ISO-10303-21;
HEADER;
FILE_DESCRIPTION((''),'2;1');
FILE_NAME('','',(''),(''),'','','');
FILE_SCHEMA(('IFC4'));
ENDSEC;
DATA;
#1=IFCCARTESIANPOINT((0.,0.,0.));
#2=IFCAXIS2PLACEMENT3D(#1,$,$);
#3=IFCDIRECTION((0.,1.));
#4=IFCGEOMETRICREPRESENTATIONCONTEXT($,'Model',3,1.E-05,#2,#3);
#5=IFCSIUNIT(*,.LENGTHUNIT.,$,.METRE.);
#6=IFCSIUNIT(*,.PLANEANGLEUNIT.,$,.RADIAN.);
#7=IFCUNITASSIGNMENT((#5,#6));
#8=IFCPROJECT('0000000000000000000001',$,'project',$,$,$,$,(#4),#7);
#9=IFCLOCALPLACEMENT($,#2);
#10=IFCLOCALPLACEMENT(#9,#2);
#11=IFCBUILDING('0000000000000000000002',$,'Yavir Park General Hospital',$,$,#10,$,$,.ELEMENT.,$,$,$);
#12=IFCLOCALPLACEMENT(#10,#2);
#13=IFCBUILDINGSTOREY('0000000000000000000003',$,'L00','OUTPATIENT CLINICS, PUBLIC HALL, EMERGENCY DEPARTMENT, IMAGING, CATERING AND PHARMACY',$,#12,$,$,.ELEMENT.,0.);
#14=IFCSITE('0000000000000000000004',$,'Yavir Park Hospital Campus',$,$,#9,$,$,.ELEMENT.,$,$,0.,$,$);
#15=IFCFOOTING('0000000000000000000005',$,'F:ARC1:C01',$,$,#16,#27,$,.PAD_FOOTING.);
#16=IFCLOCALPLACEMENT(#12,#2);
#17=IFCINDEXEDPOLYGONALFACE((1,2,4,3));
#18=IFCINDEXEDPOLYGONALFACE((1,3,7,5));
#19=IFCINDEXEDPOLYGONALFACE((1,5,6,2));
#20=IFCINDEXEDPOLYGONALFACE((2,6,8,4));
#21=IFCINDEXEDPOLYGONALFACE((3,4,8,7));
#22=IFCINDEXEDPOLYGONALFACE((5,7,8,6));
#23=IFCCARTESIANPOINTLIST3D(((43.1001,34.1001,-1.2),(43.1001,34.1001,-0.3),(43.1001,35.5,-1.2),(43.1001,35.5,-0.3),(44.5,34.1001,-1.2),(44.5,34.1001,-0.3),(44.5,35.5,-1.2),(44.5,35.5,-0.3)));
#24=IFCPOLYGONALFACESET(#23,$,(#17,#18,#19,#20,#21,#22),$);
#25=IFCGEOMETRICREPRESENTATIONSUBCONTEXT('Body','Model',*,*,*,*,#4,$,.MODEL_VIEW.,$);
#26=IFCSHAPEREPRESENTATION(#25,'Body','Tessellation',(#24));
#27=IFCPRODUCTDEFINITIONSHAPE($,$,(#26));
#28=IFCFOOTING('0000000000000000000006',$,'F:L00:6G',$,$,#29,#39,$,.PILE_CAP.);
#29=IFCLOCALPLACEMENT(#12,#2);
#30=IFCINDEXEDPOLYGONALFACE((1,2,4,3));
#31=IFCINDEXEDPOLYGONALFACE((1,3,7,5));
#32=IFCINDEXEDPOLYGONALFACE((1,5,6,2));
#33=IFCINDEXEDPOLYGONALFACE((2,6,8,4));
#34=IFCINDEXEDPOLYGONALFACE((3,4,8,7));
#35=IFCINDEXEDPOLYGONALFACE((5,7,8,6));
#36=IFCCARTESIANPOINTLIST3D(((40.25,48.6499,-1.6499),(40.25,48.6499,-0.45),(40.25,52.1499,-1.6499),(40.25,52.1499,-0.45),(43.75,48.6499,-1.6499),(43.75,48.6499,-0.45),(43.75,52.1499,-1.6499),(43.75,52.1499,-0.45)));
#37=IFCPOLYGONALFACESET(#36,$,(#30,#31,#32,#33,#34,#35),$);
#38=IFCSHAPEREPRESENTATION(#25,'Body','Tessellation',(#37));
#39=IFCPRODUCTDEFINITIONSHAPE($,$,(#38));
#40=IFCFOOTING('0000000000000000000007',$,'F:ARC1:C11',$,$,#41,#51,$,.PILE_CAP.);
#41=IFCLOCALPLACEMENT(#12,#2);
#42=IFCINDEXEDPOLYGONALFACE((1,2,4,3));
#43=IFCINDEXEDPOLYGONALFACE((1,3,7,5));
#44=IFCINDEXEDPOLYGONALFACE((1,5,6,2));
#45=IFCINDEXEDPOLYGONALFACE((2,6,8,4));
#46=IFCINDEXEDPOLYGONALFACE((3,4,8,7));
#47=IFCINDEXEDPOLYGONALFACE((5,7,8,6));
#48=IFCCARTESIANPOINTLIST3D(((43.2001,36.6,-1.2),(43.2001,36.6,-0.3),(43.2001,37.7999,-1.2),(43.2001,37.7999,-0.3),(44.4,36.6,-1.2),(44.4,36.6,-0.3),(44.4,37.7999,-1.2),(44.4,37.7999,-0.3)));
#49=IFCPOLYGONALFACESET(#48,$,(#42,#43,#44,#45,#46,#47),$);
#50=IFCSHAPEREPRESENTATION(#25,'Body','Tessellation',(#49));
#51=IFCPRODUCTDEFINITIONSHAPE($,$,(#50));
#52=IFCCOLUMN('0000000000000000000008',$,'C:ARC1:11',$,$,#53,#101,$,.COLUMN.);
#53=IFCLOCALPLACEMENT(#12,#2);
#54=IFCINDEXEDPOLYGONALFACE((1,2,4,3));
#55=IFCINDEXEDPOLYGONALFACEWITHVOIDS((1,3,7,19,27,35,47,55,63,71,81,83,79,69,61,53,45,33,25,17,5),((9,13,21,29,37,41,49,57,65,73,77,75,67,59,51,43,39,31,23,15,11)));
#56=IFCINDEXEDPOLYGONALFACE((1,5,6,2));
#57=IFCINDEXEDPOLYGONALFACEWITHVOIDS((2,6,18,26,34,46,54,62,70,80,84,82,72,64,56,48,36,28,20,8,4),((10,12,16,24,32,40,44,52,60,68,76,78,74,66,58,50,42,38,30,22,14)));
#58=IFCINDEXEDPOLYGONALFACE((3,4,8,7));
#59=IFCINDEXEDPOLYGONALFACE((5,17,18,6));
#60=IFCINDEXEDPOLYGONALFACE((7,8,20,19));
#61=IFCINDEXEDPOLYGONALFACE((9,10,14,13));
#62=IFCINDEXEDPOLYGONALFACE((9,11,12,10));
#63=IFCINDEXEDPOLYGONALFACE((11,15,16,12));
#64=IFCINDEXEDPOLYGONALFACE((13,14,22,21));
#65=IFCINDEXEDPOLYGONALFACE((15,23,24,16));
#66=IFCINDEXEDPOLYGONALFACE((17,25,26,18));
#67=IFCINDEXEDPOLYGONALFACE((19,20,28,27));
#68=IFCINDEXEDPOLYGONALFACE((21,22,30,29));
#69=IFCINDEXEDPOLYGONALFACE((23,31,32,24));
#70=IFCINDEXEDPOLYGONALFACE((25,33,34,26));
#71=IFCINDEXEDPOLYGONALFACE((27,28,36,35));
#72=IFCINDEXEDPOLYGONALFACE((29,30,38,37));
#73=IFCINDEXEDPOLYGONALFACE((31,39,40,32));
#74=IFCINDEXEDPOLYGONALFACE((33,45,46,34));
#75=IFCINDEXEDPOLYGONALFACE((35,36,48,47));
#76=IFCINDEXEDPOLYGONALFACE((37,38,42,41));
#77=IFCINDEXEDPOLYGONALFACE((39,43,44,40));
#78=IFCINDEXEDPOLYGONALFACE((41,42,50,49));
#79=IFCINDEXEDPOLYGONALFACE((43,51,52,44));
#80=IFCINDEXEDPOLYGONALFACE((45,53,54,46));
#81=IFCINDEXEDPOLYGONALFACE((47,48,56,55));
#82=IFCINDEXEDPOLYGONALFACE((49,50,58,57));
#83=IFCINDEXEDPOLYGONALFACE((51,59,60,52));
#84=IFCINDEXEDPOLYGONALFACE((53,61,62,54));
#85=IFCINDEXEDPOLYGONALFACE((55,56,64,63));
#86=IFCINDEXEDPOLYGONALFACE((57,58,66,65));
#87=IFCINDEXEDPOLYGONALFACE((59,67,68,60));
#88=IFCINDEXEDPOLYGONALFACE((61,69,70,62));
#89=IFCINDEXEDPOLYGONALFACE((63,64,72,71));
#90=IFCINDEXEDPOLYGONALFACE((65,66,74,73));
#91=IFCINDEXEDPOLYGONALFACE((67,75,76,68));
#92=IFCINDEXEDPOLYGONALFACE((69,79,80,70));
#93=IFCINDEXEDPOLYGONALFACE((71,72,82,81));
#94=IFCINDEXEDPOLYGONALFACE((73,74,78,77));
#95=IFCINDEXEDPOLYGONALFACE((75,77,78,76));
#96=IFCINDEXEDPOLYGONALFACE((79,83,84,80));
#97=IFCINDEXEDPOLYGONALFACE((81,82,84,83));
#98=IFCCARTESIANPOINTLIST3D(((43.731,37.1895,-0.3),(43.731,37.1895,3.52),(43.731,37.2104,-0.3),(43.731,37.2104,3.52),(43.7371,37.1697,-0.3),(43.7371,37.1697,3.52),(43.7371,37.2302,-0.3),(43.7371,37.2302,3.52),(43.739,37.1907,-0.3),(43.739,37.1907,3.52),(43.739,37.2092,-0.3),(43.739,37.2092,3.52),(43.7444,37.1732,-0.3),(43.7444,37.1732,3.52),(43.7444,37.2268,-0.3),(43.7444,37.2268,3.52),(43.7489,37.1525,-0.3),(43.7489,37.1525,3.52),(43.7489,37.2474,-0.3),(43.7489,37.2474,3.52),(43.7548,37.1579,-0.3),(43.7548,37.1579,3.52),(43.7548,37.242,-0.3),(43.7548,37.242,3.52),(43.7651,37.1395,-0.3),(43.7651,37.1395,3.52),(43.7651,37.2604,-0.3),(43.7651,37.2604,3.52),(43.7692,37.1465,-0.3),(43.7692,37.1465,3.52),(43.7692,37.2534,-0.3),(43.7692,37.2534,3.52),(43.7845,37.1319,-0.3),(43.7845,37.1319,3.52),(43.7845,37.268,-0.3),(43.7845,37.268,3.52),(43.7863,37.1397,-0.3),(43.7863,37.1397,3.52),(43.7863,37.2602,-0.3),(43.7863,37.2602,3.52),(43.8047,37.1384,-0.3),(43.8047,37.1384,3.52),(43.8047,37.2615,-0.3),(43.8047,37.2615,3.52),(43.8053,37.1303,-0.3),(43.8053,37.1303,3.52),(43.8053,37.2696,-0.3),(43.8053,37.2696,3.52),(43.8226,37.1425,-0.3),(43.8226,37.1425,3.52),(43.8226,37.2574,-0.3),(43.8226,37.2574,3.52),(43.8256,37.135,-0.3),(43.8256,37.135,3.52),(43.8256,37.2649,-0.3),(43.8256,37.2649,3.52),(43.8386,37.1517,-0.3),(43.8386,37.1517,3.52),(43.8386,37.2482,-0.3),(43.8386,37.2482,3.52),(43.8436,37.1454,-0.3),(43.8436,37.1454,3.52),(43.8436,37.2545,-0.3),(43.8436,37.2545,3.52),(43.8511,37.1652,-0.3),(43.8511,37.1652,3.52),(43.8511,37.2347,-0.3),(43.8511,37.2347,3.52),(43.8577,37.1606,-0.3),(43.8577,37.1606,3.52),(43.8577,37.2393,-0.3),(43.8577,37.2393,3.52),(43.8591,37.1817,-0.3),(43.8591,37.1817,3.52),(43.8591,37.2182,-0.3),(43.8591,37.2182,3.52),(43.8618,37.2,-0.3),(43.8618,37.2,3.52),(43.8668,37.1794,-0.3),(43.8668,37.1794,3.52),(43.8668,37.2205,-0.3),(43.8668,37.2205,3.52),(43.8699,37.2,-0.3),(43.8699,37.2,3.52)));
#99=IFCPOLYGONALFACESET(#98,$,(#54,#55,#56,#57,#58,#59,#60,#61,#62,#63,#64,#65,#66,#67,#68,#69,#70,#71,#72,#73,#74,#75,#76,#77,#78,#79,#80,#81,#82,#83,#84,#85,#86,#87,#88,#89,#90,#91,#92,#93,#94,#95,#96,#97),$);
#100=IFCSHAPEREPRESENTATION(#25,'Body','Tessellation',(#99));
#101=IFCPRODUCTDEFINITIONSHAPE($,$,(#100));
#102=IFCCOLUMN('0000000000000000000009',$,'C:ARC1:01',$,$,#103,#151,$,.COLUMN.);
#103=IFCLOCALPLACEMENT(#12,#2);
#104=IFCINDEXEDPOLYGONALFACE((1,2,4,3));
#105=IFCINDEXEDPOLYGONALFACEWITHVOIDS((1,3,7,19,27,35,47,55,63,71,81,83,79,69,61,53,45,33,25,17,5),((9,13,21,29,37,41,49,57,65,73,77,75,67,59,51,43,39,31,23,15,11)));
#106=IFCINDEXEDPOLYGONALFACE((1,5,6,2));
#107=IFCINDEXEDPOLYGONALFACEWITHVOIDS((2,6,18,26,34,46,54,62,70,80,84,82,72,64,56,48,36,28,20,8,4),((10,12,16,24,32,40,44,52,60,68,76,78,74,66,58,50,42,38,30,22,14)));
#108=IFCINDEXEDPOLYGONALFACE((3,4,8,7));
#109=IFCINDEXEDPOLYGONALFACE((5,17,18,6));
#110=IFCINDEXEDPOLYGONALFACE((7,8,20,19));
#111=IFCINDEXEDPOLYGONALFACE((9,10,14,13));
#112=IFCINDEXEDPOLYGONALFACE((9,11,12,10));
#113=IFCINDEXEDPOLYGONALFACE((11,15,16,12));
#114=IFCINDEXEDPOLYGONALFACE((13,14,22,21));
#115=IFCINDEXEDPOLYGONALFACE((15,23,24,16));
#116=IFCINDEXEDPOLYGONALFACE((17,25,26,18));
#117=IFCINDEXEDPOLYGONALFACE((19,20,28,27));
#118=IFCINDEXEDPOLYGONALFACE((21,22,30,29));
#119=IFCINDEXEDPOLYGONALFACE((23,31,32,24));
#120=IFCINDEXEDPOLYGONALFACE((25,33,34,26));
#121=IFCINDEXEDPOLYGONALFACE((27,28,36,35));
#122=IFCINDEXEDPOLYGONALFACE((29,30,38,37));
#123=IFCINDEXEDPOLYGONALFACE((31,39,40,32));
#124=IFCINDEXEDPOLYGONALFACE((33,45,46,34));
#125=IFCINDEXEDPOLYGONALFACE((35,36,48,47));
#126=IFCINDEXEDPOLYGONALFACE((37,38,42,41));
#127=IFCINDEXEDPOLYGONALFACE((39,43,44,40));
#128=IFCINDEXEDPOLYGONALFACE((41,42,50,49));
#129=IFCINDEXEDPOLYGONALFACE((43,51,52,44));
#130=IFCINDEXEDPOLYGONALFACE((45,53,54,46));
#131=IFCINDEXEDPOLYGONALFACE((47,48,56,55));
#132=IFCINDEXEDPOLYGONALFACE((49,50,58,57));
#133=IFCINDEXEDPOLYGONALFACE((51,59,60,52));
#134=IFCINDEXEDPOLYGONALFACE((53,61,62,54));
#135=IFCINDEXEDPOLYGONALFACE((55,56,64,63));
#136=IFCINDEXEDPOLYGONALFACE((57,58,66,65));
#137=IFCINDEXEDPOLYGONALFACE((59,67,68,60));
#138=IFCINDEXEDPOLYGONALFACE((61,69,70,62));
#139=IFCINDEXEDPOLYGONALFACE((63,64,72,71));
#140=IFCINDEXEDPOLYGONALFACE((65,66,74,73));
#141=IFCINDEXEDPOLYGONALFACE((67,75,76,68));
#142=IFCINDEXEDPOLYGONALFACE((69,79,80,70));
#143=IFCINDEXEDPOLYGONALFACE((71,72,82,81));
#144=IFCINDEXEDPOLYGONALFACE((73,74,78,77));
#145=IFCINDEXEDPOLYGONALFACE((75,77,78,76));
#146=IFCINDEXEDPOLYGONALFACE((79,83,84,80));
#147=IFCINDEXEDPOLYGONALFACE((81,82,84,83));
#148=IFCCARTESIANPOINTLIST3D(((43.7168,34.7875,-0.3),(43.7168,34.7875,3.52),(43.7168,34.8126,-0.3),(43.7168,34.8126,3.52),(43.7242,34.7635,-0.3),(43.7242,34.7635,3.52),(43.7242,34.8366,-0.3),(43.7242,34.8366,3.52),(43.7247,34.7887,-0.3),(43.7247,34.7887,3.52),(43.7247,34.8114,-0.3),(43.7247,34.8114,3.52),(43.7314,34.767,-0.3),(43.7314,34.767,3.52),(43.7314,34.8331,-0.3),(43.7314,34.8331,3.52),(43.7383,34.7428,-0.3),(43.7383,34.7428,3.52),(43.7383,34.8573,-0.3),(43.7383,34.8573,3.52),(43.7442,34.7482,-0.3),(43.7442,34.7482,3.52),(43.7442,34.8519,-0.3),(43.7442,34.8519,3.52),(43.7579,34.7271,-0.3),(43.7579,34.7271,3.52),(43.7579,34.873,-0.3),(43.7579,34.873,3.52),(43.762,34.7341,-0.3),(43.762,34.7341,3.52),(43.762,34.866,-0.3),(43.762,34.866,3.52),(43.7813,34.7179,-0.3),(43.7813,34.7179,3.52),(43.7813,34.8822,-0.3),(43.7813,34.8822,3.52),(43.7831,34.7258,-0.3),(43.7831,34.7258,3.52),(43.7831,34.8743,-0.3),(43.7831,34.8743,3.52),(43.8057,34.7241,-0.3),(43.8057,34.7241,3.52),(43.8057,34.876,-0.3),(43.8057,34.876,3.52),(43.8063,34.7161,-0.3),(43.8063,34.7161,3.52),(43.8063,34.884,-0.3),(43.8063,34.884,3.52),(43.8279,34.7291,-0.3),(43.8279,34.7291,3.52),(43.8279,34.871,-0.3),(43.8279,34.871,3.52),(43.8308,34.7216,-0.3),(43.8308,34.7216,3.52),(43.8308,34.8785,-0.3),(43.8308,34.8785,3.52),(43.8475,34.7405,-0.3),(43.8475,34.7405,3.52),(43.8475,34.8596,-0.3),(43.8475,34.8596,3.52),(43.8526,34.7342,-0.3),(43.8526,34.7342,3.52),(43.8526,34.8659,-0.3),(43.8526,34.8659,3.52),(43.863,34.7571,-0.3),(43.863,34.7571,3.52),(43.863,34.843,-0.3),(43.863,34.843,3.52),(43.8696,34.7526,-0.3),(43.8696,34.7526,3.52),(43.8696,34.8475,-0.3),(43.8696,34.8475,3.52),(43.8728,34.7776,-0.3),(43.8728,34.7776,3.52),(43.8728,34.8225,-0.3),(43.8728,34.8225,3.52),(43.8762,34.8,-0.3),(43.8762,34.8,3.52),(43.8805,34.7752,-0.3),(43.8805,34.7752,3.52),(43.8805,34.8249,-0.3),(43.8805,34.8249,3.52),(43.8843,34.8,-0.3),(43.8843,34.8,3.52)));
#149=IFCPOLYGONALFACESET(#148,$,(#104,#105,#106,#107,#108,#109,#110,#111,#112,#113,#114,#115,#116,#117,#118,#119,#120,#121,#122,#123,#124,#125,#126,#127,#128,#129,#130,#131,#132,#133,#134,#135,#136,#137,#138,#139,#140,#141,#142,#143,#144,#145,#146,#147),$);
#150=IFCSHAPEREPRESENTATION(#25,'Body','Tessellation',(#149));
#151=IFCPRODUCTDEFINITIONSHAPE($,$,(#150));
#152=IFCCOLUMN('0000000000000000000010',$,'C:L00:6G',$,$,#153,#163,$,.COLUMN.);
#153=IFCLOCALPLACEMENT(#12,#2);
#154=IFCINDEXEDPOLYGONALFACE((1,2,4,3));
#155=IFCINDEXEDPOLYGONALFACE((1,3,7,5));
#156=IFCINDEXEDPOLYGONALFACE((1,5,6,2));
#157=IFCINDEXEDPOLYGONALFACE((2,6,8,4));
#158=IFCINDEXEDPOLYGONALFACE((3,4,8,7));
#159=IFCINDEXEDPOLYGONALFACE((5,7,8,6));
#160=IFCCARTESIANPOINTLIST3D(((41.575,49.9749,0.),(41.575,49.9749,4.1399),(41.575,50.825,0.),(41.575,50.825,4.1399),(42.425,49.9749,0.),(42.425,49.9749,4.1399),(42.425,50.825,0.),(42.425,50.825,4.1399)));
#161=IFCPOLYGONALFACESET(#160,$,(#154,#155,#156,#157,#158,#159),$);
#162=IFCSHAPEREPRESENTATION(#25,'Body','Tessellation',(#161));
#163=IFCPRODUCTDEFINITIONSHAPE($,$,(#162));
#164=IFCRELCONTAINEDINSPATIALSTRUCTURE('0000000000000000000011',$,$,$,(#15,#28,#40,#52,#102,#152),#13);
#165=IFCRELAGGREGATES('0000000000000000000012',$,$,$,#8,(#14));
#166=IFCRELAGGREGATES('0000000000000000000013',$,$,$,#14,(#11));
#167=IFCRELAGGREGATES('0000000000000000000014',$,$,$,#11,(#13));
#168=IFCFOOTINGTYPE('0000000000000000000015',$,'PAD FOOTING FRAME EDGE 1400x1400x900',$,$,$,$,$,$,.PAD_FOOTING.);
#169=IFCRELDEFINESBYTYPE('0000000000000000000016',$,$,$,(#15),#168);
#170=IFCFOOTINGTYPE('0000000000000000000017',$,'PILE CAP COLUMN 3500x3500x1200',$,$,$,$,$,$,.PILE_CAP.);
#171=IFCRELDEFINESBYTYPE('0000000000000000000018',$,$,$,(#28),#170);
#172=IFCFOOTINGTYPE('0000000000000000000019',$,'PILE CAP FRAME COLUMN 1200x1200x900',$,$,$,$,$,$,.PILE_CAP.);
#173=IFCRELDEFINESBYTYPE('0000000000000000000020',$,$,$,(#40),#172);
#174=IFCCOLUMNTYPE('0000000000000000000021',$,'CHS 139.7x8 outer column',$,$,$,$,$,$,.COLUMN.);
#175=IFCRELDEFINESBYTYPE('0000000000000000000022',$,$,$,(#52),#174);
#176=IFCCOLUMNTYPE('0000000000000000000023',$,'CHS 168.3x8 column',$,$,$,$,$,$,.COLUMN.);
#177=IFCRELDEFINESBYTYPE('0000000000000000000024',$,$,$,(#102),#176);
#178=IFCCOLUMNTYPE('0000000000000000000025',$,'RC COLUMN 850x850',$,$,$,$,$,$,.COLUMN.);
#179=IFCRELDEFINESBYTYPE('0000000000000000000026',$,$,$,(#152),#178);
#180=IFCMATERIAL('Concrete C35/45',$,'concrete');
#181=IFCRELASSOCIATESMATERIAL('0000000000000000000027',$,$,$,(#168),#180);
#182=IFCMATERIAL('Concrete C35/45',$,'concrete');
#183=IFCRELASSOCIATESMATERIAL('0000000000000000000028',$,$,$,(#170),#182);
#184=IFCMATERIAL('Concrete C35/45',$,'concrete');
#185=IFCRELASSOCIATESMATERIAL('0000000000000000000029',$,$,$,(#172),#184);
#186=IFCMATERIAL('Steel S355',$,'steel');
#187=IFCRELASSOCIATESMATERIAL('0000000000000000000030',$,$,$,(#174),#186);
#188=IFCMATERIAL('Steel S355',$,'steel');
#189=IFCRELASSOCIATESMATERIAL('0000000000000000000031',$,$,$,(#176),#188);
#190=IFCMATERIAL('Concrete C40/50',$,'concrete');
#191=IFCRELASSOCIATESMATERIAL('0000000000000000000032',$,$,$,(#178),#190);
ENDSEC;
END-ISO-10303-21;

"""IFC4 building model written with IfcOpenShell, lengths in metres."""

from ifc_helpers import new_model, si_unit, direction, frame, origin, origin_2d, place, context, subcontext, project, spatial, rectangle, hollow_circle, extrude, material, material_profile, profile_set, type_object, element, save


model = new_model("IFC4")

# Units and contexts
model_context = context("Model", 3, precision=1e-05, world=origin(), true_north=direction((0.0, 1.0)))
body_context = subcontext(model_context, "Body", "Model", "MODEL_VIEW")
ifc_project = project(units=[si_unit("LENGTHUNIT", "METRE"), si_unit("PLANEANGLEUNIT", "RADIAN")], contexts=[model_context])

# Site, building, storey
site_placement = place(None, origin())
site = spatial("IfcSite", under=ifc_project, at=site_placement, Name="Yavir Park Hospital Campus", CompositionType="ELEMENT", RefElevation=0.0)
building_placement = place(site_placement, origin())
building = spatial("IfcBuilding", under=site, at=building_placement, Name="Yavir Park General Hospital", CompositionType="ELEMENT")
storey_placement = place(building_placement, origin())
storey = spatial("IfcBuildingStorey", under=building, at=storey_placement, Name="L00", Description="OUTPATIENT CLINICS, PUBLIC HALL, EMERGENCY DEPARTMENT, IMAGING, CATERING AND PHARMACY", CompositionType="ELEMENT", Elevation=0.0)

# Footings
ifc_material_1 = material(Name="Concrete C35/45", Category="concrete")
footing_type_1 = type_object("IfcFootingType", Name="PAD FOOTING FRAME EDGE 1400x1400x900", PredefinedType="PAD_FOOTING", material=ifc_material_1)
footing_1_placement = place(storey_placement, frame((43.8, 34.8, -1.2), z_axis=(0.0, 0.0, 1.0), x_axis=(1.0, 0.0, 0.0)))
element("IfcFooting", 1, at=footing_1_placement, inside=storey, type_object=footing_type_1, Name="F:ARC1:C01", PredefinedType="PAD_FOOTING", context=body_context, shape_type="SweptSolid", body=[
    extrude(rectangle(XDim=1.3999, YDim=1.3999, at=origin_2d()), origin(), (0.0, 0.0, 1.0), 0.8999),
])
ifc_material_2 = material(Name="Concrete C35/45", Category="concrete")
footing_type_2 = type_object("IfcFootingType", Name="PILE CAP COLUMN 3500x3500x1200", PredefinedType="PILE_CAP", material=ifc_material_2)
footing_2_placement = place(storey_placement, frame((42.0, 50.3999, -1.6499), z_axis=(0.0, 0.0, 1.0), x_axis=(1.0, 0.0, 0.0)))
element("IfcFooting", 2, at=footing_2_placement, inside=storey, type_object=footing_type_2, Name="F:L00:6G", PredefinedType="PILE_CAP", context=body_context, shape_type="SweptSolid", body=[
    extrude(rectangle(XDim=3.5, YDim=3.5, at=origin_2d()), origin(), (0.0, 0.0, 1.0), 1.2),
])
ifc_material_3 = material(Name="Concrete C35/45", Category="concrete")
footing_type_3 = type_object("IfcFootingType", Name="PILE CAP FRAME COLUMN 1200x1200x900", PredefinedType="PILE_CAP", material=ifc_material_3)
footing_3_placement = place(storey_placement, frame((43.8, 37.2, -1.2), z_axis=(0.0, 0.0, 1.0), x_axis=(1.0, 0.0, 0.0)))
element("IfcFooting", 3, at=footing_3_placement, inside=storey, type_object=footing_type_3, Name="F:ARC1:C11", PredefinedType="PILE_CAP", context=body_context, shape_type="SweptSolid", body=[
    extrude(rectangle(XDim=1.2, YDim=1.2, at=origin_2d()), origin(), (0.0, 0.0, 1.0), 0.8999),
])

# Columns
ifc_material_4 = material(Name="Steel S355", Category="steel")
ifc_material_profile_1 = material_profile(ifc_material_4, hollow_circle(Radius=0.0698, WallThickness=0.0081, at=origin_2d()), Name="CHS139.7x8")
ifc_profile_set_1 = profile_set([ifc_material_profile_1], Name="Steel S355")
column_type_1 = type_object("IfcColumnType", Name="CHS 139.7x8 outer column", PredefinedType="COLUMN", material=ifc_profile_set_1)
column_1_placement = place(storey_placement, frame((43.8, 37.2, -0.3), z_axis=(0.0, 0.0, 1.0), x_axis=(1.0, 0.0, 0.0)))
element("IfcColumn", 4, at=column_1_placement, inside=storey, type_object=column_type_1, Name="C:ARC1:11", PredefinedType="COLUMN", context=body_context, shape_type="SweptSolid", body=[
    extrude(hollow_circle(Radius=0.0698, WallThickness=0.0081, at=origin_2d()), origin(), (0.0, 0.0, 1.0), 3.8201),
])
ifc_material_5 = material(Name="Steel S355", Category="steel")
ifc_material_profile_2 = material_profile(ifc_material_5, hollow_circle(Radius=0.0842, WallThickness=0.0081, at=origin_2d()), Name="CHS168.3x8")
ifc_profile_set_2 = profile_set([ifc_material_profile_2], Name="Steel S355")
column_type_2 = type_object("IfcColumnType", Name="CHS 168.3x8 column", PredefinedType="COLUMN", material=ifc_profile_set_2)
column_2_placement = place(storey_placement, frame((43.8, 34.8, -0.3), z_axis=(0.0, 0.0, 1.0), x_axis=(1.0, 0.0, 0.0)))
element("IfcColumn", 5, at=column_2_placement, inside=storey, type_object=column_type_2, Name="C:ARC1:01", PredefinedType="COLUMN", context=body_context, shape_type="SweptSolid", body=[
    extrude(hollow_circle(Radius=0.0842, WallThickness=0.0081, at=origin_2d()), origin(), (0.0, 0.0, 1.0), 3.8201),
])
ifc_material_6 = material(Name="Concrete C40/50", Category="concrete")
ifc_material_profile_3 = material_profile(ifc_material_6, rectangle(XDim=0.8501, YDim=0.8501, at=origin_2d()), Name="RC850x850")
ifc_profile_set_3 = profile_set([ifc_material_profile_3], Name="Concrete C40/50")
column_type_3 = type_object("IfcColumnType", Name="RC COLUMN 850x850", PredefinedType="COLUMN", material=ifc_profile_set_3)
column_3_placement = place(storey_placement, frame((42.0, 50.3999, 0.0), z_axis=(0.0, 0.0, 1.0), x_axis=(1.0, 0.0, 0.0)))
element("IfcColumn", 6, at=column_3_placement, inside=storey, type_object=column_type_3, Name="C:L00:6G", PredefinedType="COLUMN", context=body_context, shape_type="SweptSolid", body=[
    extrude(rectangle(XDim=0.8501, YDim=0.8501, at=origin_2d()), origin(), (0.0, 0.0, 1.0), 4.1399),
])

save(model, "model.ifc")
